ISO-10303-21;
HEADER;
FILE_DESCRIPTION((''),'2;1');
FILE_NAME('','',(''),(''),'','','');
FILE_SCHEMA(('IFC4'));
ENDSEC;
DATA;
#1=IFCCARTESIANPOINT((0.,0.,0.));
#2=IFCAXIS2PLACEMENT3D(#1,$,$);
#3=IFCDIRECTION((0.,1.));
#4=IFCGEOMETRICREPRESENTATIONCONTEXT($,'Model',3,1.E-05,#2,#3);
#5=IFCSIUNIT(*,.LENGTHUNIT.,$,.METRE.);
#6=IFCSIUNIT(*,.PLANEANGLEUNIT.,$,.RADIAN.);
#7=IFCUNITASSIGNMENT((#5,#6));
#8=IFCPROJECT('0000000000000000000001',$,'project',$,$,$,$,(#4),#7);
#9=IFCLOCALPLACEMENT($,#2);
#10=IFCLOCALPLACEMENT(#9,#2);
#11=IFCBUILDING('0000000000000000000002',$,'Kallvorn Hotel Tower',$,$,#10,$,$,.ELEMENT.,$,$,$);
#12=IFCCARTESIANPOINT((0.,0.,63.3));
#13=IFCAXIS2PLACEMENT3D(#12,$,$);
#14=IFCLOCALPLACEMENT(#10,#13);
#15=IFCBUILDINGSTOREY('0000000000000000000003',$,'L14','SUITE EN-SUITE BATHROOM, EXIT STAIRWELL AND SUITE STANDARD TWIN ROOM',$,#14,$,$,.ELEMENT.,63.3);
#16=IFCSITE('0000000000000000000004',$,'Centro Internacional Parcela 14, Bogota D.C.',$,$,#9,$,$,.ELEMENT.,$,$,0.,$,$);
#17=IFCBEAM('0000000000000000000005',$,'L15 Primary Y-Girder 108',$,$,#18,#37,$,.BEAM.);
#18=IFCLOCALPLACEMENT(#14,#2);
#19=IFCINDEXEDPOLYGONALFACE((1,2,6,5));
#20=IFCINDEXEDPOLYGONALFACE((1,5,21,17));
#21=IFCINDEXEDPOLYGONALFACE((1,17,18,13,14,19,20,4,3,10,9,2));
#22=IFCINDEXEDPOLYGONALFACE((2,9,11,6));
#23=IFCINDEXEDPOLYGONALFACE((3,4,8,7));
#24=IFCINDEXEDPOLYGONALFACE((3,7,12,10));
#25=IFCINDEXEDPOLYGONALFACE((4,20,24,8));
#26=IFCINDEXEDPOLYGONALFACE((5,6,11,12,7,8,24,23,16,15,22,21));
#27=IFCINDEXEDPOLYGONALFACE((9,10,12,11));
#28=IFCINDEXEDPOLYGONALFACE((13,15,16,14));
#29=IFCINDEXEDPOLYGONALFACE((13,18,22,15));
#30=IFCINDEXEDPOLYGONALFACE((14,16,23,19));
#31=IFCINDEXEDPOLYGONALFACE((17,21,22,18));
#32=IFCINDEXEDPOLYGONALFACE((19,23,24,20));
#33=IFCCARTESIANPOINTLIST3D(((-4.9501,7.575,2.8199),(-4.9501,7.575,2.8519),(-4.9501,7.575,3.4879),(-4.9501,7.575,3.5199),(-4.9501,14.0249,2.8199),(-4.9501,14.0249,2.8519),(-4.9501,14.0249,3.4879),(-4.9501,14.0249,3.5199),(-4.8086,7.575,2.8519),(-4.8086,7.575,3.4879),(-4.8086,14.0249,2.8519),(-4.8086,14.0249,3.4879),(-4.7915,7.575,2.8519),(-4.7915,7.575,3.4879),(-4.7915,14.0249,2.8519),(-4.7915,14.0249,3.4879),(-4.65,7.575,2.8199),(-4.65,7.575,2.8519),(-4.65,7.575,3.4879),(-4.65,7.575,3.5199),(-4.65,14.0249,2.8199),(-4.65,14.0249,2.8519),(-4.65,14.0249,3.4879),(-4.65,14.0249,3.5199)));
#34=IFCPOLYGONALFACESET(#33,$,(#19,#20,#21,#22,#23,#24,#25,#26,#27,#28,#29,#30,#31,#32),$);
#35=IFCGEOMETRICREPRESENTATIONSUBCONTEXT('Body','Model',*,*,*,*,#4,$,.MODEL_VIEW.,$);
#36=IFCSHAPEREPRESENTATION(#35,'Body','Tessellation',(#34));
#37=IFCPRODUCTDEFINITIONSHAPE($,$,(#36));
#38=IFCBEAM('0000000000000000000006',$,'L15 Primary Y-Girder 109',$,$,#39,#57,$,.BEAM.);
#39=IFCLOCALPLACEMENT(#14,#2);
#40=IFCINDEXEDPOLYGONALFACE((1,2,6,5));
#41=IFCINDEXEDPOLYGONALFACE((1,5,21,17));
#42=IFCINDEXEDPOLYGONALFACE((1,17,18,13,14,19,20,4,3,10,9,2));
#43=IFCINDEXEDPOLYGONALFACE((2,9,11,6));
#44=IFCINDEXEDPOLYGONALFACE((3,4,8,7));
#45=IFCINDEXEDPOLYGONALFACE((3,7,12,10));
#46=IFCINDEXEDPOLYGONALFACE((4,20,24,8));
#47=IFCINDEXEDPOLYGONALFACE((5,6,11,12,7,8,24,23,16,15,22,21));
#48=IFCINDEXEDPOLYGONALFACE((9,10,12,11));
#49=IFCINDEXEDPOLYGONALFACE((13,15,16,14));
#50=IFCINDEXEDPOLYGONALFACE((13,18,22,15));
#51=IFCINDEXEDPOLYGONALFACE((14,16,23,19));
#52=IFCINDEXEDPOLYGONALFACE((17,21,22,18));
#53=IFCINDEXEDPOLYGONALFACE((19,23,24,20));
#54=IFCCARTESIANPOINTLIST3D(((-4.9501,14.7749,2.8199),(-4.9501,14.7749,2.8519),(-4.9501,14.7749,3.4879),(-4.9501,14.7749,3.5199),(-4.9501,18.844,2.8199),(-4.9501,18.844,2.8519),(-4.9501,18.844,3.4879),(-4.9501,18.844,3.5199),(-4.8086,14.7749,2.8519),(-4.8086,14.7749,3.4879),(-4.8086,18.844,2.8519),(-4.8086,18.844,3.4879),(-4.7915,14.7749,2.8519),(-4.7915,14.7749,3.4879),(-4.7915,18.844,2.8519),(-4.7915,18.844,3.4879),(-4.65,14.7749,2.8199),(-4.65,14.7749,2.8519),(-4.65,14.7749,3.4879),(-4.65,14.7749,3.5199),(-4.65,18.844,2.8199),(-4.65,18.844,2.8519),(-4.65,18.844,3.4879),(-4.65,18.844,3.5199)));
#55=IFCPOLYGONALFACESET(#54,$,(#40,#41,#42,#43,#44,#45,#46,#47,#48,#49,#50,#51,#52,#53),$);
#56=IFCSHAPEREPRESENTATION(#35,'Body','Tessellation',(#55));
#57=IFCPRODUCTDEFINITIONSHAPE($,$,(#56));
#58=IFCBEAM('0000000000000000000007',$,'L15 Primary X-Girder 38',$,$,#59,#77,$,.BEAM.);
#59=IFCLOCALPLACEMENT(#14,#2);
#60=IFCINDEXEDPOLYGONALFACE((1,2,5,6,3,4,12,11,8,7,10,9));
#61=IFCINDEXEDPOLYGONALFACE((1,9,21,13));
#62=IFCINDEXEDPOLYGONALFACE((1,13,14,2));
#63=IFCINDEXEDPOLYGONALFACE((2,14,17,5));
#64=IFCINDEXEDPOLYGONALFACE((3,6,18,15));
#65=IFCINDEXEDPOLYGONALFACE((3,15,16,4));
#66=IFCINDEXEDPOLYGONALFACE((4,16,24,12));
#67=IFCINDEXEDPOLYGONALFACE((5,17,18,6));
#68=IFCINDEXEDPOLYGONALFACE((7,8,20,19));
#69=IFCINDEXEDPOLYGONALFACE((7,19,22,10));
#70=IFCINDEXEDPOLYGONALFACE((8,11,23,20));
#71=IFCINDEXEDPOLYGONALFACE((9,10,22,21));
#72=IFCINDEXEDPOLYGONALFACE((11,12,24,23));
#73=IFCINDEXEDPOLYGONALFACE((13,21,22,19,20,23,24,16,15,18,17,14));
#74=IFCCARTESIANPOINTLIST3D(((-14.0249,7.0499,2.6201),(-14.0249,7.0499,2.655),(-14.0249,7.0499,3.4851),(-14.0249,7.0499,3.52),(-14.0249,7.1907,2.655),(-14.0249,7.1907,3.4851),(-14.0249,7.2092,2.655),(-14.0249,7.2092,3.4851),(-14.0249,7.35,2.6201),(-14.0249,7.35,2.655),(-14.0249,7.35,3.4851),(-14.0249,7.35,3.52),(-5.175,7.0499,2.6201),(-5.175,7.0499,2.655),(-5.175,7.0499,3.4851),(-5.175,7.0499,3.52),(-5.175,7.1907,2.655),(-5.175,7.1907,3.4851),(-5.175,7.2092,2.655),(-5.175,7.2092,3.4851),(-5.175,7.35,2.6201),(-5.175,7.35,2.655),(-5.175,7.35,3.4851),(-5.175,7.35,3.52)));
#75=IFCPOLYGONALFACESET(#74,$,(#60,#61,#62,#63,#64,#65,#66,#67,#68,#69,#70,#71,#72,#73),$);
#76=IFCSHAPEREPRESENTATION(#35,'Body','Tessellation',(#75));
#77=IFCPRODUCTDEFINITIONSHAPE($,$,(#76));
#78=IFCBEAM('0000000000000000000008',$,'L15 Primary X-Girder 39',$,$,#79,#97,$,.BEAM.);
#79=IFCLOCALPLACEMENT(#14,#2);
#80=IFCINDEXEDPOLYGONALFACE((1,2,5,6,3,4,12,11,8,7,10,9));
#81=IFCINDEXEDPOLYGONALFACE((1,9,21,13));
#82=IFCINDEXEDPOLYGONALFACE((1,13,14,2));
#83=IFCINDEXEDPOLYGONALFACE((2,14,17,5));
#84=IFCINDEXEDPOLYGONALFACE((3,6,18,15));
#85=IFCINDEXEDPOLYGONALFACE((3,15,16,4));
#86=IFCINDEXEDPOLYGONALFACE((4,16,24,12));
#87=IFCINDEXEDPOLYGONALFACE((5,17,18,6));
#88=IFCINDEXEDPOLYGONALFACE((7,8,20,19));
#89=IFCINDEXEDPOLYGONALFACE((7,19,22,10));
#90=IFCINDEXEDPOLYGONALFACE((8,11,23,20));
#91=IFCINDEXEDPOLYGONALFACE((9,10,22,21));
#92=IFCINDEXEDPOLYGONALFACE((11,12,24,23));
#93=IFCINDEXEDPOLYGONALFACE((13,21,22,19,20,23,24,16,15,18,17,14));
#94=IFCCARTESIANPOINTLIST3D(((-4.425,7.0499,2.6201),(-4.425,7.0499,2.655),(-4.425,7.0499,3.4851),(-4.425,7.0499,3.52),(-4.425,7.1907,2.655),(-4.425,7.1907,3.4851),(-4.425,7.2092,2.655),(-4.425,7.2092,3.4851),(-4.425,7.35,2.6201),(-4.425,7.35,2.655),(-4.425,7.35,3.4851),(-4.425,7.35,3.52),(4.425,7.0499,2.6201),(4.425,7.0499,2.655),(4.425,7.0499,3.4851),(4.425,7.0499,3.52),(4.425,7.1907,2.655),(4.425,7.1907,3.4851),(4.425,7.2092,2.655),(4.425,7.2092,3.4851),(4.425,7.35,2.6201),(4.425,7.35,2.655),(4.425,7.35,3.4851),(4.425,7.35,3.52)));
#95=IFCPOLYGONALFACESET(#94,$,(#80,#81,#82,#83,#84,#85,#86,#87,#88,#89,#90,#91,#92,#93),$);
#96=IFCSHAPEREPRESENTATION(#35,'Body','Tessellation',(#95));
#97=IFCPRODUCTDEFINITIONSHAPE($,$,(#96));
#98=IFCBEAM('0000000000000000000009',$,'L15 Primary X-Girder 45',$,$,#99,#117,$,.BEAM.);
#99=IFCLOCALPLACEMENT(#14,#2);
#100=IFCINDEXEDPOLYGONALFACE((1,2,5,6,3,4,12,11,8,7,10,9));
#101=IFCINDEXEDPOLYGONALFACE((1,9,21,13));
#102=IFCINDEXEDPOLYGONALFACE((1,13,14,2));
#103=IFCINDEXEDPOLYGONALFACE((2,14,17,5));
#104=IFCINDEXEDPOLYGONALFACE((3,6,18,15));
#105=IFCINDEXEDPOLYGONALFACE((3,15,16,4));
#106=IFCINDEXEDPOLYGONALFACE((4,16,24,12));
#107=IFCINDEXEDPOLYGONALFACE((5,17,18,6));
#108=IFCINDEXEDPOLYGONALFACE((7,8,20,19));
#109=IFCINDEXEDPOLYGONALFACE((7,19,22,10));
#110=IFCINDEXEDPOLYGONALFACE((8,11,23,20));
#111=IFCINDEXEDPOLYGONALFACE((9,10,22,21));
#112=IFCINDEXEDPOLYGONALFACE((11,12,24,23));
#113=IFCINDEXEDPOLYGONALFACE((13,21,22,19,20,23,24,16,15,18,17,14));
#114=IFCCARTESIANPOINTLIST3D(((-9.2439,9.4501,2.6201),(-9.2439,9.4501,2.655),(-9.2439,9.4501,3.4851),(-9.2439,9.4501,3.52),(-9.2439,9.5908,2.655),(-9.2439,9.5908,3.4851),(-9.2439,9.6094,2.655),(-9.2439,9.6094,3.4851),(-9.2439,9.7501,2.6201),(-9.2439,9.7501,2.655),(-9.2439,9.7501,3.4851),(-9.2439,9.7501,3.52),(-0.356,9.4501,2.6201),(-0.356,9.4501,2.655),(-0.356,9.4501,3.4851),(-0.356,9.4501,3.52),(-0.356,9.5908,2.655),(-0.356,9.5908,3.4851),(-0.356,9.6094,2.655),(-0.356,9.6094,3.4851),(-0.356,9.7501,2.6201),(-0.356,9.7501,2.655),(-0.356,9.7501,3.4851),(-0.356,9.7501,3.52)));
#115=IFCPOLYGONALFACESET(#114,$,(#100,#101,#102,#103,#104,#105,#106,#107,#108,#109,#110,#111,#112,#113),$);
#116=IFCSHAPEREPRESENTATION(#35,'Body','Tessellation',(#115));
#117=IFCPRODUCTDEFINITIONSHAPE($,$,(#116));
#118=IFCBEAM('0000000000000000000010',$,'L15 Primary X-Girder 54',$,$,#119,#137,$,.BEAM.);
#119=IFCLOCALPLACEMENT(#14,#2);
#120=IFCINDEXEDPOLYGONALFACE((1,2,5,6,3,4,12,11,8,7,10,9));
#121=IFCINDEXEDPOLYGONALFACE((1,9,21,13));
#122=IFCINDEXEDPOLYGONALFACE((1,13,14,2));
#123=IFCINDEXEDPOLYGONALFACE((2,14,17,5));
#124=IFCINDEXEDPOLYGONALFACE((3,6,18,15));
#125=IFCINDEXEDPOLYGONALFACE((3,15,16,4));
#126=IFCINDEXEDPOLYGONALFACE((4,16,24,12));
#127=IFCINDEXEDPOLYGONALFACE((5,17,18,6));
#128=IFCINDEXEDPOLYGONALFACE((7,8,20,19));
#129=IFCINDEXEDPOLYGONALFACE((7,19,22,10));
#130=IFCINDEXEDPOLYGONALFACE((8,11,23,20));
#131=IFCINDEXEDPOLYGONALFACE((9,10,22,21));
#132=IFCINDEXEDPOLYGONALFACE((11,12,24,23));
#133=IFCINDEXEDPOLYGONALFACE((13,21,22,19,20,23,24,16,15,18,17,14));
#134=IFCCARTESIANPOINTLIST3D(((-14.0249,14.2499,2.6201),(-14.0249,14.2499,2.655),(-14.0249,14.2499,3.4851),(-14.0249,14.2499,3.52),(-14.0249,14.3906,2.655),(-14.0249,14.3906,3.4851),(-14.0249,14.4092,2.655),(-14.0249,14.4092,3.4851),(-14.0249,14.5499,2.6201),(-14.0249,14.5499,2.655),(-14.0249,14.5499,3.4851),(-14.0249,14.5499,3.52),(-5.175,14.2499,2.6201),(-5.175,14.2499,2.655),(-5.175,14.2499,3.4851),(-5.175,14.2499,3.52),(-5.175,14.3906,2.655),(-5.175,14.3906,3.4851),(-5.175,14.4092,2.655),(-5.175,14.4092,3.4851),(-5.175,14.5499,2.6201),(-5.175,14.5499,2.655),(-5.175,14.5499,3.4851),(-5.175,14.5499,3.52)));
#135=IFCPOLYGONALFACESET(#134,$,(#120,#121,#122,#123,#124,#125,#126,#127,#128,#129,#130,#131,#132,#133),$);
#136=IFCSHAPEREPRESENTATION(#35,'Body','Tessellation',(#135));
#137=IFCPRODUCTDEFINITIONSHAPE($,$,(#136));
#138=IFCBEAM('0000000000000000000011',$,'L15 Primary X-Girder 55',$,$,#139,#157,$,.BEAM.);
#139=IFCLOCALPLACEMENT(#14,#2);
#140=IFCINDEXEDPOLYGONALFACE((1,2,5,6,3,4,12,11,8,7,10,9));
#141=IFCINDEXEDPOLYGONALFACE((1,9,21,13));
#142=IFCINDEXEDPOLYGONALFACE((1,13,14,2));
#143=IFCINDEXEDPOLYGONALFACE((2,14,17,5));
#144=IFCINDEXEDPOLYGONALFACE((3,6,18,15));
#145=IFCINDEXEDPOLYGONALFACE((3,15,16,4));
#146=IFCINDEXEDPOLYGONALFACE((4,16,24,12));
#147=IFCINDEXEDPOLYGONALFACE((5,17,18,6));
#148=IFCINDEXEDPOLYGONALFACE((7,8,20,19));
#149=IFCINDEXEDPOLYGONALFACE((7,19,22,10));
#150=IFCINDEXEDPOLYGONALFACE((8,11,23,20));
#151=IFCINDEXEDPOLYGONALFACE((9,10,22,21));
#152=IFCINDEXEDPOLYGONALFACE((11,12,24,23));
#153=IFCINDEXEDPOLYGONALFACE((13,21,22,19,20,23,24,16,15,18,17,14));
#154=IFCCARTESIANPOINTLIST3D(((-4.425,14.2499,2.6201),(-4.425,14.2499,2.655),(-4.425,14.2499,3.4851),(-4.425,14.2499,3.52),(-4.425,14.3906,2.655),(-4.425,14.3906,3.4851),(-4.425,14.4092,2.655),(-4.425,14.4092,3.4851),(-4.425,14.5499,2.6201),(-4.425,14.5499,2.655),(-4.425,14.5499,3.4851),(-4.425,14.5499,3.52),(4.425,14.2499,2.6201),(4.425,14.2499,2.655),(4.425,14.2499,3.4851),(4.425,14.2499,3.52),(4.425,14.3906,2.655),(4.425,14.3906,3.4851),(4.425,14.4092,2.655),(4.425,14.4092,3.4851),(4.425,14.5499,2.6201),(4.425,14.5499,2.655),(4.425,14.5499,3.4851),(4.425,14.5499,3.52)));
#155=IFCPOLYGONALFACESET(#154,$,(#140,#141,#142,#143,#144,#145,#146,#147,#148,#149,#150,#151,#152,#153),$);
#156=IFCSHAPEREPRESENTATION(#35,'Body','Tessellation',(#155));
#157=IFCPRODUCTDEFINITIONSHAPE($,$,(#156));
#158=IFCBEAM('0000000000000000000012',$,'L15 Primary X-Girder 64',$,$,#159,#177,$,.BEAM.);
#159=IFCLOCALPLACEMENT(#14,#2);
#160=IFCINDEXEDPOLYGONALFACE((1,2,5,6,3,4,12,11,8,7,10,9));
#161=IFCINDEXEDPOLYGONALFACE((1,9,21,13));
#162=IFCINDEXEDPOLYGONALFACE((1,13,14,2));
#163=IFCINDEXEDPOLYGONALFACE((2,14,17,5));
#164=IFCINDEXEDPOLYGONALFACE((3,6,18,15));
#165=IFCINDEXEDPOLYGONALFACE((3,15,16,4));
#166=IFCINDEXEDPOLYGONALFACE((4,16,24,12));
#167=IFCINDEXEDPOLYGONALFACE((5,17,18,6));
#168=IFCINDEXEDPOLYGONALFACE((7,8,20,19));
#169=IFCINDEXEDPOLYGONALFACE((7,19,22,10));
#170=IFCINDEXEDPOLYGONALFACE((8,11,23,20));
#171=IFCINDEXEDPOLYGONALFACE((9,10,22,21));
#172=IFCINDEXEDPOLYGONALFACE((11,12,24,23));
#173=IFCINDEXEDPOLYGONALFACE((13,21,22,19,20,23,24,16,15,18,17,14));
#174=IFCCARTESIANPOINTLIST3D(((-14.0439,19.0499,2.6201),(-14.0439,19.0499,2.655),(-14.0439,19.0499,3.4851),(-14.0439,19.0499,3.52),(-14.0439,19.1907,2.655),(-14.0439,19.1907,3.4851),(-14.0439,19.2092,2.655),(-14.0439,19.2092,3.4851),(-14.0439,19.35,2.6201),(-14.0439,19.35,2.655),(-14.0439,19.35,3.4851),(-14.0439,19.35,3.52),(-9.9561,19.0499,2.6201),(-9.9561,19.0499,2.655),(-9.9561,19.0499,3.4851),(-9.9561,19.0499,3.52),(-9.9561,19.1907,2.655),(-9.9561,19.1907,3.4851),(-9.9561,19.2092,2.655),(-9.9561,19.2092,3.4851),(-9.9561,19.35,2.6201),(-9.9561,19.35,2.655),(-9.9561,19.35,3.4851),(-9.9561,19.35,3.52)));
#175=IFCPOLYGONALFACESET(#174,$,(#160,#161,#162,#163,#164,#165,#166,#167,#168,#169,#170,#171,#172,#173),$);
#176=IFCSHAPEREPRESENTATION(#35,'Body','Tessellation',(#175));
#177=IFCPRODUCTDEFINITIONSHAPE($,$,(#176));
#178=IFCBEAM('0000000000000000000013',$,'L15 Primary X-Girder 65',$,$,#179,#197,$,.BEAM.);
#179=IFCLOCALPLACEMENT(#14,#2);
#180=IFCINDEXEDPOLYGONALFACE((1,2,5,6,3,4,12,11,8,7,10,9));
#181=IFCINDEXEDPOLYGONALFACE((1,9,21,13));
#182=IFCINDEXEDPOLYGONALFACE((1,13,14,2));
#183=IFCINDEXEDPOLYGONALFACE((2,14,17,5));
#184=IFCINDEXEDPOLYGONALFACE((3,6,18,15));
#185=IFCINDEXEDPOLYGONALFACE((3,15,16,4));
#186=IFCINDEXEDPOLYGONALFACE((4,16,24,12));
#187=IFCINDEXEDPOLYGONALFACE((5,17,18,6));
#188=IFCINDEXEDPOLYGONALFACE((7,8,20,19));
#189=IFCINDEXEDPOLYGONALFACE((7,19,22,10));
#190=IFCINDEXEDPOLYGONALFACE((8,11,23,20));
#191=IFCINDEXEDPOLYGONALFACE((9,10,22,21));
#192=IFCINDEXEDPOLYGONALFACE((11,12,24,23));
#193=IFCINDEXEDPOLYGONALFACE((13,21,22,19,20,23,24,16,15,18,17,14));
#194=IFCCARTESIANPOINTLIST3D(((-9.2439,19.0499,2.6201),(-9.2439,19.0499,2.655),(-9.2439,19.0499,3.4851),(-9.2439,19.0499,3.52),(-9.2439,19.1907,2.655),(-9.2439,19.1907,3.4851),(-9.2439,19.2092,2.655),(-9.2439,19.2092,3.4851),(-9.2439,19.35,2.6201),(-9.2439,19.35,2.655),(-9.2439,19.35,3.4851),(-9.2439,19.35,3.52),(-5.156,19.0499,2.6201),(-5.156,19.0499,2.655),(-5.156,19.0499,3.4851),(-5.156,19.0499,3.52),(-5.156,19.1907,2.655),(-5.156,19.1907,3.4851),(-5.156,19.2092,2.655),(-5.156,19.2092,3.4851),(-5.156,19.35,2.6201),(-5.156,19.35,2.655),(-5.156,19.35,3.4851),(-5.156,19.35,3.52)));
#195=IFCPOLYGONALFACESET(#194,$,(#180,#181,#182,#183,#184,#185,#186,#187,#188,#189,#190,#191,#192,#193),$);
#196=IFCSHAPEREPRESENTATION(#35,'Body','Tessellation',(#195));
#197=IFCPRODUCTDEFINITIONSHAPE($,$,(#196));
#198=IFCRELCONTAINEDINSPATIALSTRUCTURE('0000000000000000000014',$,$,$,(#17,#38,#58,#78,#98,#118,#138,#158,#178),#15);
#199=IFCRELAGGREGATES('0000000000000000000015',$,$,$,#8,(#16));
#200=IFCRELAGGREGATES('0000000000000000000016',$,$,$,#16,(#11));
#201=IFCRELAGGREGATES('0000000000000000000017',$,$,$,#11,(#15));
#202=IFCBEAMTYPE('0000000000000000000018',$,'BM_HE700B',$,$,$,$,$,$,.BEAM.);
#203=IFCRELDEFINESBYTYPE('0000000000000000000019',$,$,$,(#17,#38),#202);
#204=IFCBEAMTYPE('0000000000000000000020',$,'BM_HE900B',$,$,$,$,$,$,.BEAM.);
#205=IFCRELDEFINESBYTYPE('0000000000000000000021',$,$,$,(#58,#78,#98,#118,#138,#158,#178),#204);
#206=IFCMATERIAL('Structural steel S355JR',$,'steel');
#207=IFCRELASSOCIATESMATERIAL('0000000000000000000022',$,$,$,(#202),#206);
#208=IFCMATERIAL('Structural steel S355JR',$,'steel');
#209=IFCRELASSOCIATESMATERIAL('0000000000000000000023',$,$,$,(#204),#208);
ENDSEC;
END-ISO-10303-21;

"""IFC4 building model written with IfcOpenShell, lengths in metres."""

from ifc_helpers import new_model, si_unit, direction, frame, origin, origin_2d, place, context, subcontext, project, spatial, i_section, extrude, material, material_profile, profile_set, type_object, element, save


model = new_model("IFC4")

# Units and contexts
model_context = context("Model", 3, precision=1e-05, world=origin(), true_north=direction((0.0, 1.0)))
body_context = subcontext(model_context, "Body", "Model", "MODEL_VIEW")
ifc_project = project(units=[si_unit("LENGTHUNIT", "METRE"), si_unit("PLANEANGLEUNIT", "RADIAN")], contexts=[model_context])

# Site, building, storey
site_placement = place(None, origin())
site = spatial("IfcSite", under=ifc_project, at=site_placement, Name="Centro Internacional Parcela 14, Bogota D.C.", CompositionType="ELEMENT", RefElevation=0.0)
building_placement = place(site_placement, origin())
building = spatial("IfcBuilding", under=site, at=building_placement, Name="Kallvorn Hotel Tower", CompositionType="ELEMENT")
storey_placement = place(building_placement, frame((0.0, 0.0, 63.3)))
storey = spatial("IfcBuildingStorey", under=building, at=storey_placement, Name="L14", Description="SUITE EN-SUITE BATHROOM, EXIT STAIRWELL AND SUITE STANDARD TWIN ROOM", CompositionType="ELEMENT", Elevation=63.3)

# Beams
ifc_material_1 = material(Name="Structural steel S355JR", Category="steel")
ifc_material_profile_1 = material_profile(ifc_material_1, i_section(OverallWidth=0.3, OverallDepth=0.7, WebThickness=0.0171, FlangeThickness=0.032, at=origin_2d()), Name="HE 700 B")
ifc_profile_set_1 = profile_set([ifc_material_profile_1], Name="Structural steel S355JR")
beam_type_1 = type_object("IfcBeamType", Name="BM_HE700B", PredefinedType="BEAM", material=ifc_profile_set_1)
beam_1_placement = place(storey_placement, frame((-4.8, 7.575, 3.1699), z_axis=(0.0, 1.0, 0.0), x_axis=(-1.0, 0.0, 0.0)))
element("IfcBeam", 1, at=beam_1_placement, inside=storey, type_object=beam_type_1, Name="L15 Primary Y-Girder 108", PredefinedType="BEAM", context=body_context, shape_type="SweptSolid", body=[
    extrude(i_section(OverallWidth=0.3, OverallDepth=0.7, WebThickness=0.0171, FlangeThickness=0.032, at=origin_2d()), origin(), (0.0, 0.0, 1.0), 6.45),
])
beam_2_placement = place(storey_placement, frame((-4.8, 14.7749, 3.1699), z_axis=(0.0, 1.0, 0.0), x_axis=(-1.0, 0.0, 0.0)))
element("IfcBeam", 2, at=beam_2_placement, inside=storey, type_object=beam_type_1, Name="L15 Primary Y-Girder 109", PredefinedType="BEAM", context=body_context, shape_type="SweptSolid", body=[
    extrude(i_section(OverallWidth=0.3, OverallDepth=0.7, WebThickness=0.0171, FlangeThickness=0.032, at=origin_2d()), origin(), (0.0, 0.0, 1.0), 4.0691),
])
ifc_material_2 = material(Name="Structural steel S355JR", Category="steel")
ifc_material_profile_2 = material_profile(ifc_material_2, i_section(OverallWidth=0.3, OverallDepth=0.8999, WebThickness=0.0186, FlangeThickness=0.0349, at=origin_2d()), Name="HE 900 B")
ifc_profile_set_2 = profile_set([ifc_material_profile_2], Name="Structural steel S355JR")
beam_type_2 = type_object("IfcBeamType", Name="BM_HE900B", PredefinedType="BEAM", material=ifc_profile_set_2)
beam_3_placement = place(storey_placement, frame((-14.0249, 7.2, 3.0701), z_axis=(1.0, 0.0, 0.0), x_axis=(0.0, 1.0, 0.0)))
element("IfcBeam", 3, at=beam_3_placement, inside=storey, type_object=beam_type_2, Name="L15 Primary X-Girder 38", PredefinedType="BEAM", context=body_context, shape_type="SweptSolid", body=[
    extrude(i_section(OverallWidth=0.3, OverallDepth=0.8999, WebThickness=0.0186, FlangeThickness=0.0349, at=origin_2d()), origin(), (0.0, 0.0, 1.0), 8.8499),
])
beam_4_placement = place(storey_placement, frame((-4.425, 7.2, 3.0701), z_axis=(1.0, 0.0, 0.0), x_axis=(0.0, 1.0, 0.0)))
element("IfcBeam", 4, at=beam_4_placement, inside=storey, type_object=beam_type_2, Name="L15 Primary X-Girder 39", PredefinedType="BEAM", context=body_context, shape_type="SweptSolid", body=[
    extrude(i_section(OverallWidth=0.3, OverallDepth=0.8999, WebThickness=0.0186, FlangeThickness=0.0349, at=origin_2d()), origin(), (0.0, 0.0, 1.0), 8.8501),
])
beam_5_placement = place(storey_placement, frame((-9.2439, 9.6001, 3.0701), z_axis=(1.0, 0.0, 0.0), x_axis=(0.0, 1.0, 0.0)))
element("IfcBeam", 5, at=beam_5_placement, inside=storey, type_object=beam_type_2, Name="L15 Primary X-Girder 45", PredefinedType="BEAM", context=body_context, shape_type="SweptSolid", body=[
    extrude(i_section(OverallWidth=0.3, OverallDepth=0.8999, WebThickness=0.0186, FlangeThickness=0.0349, at=origin_2d()), origin(), (0.0, 0.0, 1.0), 8.8879),
])
beam_6_placement = place(storey_placement, frame((-14.0249, 14.3999, 3.0701), z_axis=(1.0, 0.0, 0.0), x_axis=(0.0, 1.0, 0.0)))
element("IfcBeam", 6, at=beam_6_placement, inside=storey, type_object=beam_type_2, Name="L15 Primary X-Girder 54", PredefinedType="BEAM", context=body_context, shape_type="SweptSolid", body=[
    extrude(i_section(OverallWidth=0.3, OverallDepth=0.8999, WebThickness=0.0186, FlangeThickness=0.0349, at=origin_2d()), origin(), (0.0, 0.0, 1.0), 8.8499),
])
beam_7_placement = place(storey_placement, frame((-4.425, 14.3999, 3.0701), z_axis=(1.0, 0.0, 0.0), x_axis=(0.0, 1.0, 0.0)))
element("IfcBeam", 7, at=beam_7_placement, inside=storey, type_object=beam_type_2, Name="L15 Primary X-Girder 55", PredefinedType="BEAM", context=body_context, shape_type="SweptSolid", body=[
    extrude(i_section(OverallWidth=0.3, OverallDepth=0.8999, WebThickness=0.0186, FlangeThickness=0.0349, at=origin_2d()), origin(), (0.0, 0.0, 1.0), 8.8501),
])
for number, where, z_axis, x_axis, name in (
    (8, (-14.0439, 19.2, 3.0701), (1.0, 0.0, 0.0), (0.0, 1.0, 0.0), "L15 Primary X-Girder 64"),
    (9, (-9.2439, 19.2, 3.0701), (1.0, 0.0, 0.0), (0.0, 1.0, 0.0), "L15 Primary X-Girder 65"),
):
    element("IfcBeam", number, at=place(storey_placement, frame(where, z_axis=z_axis, x_axis=x_axis)), inside=storey, type_object=beam_type_2, Name=name, PredefinedType="BEAM", context=body_context, shape_type="SweptSolid", body=[
        extrude(i_section(OverallWidth=0.3, OverallDepth=0.8999, WebThickness=0.0186, FlangeThickness=0.0349, at=origin_2d()), origin(), (0.0, 0.0, 1.0), 4.0879),
    ])

save(model, "model.ifc")
